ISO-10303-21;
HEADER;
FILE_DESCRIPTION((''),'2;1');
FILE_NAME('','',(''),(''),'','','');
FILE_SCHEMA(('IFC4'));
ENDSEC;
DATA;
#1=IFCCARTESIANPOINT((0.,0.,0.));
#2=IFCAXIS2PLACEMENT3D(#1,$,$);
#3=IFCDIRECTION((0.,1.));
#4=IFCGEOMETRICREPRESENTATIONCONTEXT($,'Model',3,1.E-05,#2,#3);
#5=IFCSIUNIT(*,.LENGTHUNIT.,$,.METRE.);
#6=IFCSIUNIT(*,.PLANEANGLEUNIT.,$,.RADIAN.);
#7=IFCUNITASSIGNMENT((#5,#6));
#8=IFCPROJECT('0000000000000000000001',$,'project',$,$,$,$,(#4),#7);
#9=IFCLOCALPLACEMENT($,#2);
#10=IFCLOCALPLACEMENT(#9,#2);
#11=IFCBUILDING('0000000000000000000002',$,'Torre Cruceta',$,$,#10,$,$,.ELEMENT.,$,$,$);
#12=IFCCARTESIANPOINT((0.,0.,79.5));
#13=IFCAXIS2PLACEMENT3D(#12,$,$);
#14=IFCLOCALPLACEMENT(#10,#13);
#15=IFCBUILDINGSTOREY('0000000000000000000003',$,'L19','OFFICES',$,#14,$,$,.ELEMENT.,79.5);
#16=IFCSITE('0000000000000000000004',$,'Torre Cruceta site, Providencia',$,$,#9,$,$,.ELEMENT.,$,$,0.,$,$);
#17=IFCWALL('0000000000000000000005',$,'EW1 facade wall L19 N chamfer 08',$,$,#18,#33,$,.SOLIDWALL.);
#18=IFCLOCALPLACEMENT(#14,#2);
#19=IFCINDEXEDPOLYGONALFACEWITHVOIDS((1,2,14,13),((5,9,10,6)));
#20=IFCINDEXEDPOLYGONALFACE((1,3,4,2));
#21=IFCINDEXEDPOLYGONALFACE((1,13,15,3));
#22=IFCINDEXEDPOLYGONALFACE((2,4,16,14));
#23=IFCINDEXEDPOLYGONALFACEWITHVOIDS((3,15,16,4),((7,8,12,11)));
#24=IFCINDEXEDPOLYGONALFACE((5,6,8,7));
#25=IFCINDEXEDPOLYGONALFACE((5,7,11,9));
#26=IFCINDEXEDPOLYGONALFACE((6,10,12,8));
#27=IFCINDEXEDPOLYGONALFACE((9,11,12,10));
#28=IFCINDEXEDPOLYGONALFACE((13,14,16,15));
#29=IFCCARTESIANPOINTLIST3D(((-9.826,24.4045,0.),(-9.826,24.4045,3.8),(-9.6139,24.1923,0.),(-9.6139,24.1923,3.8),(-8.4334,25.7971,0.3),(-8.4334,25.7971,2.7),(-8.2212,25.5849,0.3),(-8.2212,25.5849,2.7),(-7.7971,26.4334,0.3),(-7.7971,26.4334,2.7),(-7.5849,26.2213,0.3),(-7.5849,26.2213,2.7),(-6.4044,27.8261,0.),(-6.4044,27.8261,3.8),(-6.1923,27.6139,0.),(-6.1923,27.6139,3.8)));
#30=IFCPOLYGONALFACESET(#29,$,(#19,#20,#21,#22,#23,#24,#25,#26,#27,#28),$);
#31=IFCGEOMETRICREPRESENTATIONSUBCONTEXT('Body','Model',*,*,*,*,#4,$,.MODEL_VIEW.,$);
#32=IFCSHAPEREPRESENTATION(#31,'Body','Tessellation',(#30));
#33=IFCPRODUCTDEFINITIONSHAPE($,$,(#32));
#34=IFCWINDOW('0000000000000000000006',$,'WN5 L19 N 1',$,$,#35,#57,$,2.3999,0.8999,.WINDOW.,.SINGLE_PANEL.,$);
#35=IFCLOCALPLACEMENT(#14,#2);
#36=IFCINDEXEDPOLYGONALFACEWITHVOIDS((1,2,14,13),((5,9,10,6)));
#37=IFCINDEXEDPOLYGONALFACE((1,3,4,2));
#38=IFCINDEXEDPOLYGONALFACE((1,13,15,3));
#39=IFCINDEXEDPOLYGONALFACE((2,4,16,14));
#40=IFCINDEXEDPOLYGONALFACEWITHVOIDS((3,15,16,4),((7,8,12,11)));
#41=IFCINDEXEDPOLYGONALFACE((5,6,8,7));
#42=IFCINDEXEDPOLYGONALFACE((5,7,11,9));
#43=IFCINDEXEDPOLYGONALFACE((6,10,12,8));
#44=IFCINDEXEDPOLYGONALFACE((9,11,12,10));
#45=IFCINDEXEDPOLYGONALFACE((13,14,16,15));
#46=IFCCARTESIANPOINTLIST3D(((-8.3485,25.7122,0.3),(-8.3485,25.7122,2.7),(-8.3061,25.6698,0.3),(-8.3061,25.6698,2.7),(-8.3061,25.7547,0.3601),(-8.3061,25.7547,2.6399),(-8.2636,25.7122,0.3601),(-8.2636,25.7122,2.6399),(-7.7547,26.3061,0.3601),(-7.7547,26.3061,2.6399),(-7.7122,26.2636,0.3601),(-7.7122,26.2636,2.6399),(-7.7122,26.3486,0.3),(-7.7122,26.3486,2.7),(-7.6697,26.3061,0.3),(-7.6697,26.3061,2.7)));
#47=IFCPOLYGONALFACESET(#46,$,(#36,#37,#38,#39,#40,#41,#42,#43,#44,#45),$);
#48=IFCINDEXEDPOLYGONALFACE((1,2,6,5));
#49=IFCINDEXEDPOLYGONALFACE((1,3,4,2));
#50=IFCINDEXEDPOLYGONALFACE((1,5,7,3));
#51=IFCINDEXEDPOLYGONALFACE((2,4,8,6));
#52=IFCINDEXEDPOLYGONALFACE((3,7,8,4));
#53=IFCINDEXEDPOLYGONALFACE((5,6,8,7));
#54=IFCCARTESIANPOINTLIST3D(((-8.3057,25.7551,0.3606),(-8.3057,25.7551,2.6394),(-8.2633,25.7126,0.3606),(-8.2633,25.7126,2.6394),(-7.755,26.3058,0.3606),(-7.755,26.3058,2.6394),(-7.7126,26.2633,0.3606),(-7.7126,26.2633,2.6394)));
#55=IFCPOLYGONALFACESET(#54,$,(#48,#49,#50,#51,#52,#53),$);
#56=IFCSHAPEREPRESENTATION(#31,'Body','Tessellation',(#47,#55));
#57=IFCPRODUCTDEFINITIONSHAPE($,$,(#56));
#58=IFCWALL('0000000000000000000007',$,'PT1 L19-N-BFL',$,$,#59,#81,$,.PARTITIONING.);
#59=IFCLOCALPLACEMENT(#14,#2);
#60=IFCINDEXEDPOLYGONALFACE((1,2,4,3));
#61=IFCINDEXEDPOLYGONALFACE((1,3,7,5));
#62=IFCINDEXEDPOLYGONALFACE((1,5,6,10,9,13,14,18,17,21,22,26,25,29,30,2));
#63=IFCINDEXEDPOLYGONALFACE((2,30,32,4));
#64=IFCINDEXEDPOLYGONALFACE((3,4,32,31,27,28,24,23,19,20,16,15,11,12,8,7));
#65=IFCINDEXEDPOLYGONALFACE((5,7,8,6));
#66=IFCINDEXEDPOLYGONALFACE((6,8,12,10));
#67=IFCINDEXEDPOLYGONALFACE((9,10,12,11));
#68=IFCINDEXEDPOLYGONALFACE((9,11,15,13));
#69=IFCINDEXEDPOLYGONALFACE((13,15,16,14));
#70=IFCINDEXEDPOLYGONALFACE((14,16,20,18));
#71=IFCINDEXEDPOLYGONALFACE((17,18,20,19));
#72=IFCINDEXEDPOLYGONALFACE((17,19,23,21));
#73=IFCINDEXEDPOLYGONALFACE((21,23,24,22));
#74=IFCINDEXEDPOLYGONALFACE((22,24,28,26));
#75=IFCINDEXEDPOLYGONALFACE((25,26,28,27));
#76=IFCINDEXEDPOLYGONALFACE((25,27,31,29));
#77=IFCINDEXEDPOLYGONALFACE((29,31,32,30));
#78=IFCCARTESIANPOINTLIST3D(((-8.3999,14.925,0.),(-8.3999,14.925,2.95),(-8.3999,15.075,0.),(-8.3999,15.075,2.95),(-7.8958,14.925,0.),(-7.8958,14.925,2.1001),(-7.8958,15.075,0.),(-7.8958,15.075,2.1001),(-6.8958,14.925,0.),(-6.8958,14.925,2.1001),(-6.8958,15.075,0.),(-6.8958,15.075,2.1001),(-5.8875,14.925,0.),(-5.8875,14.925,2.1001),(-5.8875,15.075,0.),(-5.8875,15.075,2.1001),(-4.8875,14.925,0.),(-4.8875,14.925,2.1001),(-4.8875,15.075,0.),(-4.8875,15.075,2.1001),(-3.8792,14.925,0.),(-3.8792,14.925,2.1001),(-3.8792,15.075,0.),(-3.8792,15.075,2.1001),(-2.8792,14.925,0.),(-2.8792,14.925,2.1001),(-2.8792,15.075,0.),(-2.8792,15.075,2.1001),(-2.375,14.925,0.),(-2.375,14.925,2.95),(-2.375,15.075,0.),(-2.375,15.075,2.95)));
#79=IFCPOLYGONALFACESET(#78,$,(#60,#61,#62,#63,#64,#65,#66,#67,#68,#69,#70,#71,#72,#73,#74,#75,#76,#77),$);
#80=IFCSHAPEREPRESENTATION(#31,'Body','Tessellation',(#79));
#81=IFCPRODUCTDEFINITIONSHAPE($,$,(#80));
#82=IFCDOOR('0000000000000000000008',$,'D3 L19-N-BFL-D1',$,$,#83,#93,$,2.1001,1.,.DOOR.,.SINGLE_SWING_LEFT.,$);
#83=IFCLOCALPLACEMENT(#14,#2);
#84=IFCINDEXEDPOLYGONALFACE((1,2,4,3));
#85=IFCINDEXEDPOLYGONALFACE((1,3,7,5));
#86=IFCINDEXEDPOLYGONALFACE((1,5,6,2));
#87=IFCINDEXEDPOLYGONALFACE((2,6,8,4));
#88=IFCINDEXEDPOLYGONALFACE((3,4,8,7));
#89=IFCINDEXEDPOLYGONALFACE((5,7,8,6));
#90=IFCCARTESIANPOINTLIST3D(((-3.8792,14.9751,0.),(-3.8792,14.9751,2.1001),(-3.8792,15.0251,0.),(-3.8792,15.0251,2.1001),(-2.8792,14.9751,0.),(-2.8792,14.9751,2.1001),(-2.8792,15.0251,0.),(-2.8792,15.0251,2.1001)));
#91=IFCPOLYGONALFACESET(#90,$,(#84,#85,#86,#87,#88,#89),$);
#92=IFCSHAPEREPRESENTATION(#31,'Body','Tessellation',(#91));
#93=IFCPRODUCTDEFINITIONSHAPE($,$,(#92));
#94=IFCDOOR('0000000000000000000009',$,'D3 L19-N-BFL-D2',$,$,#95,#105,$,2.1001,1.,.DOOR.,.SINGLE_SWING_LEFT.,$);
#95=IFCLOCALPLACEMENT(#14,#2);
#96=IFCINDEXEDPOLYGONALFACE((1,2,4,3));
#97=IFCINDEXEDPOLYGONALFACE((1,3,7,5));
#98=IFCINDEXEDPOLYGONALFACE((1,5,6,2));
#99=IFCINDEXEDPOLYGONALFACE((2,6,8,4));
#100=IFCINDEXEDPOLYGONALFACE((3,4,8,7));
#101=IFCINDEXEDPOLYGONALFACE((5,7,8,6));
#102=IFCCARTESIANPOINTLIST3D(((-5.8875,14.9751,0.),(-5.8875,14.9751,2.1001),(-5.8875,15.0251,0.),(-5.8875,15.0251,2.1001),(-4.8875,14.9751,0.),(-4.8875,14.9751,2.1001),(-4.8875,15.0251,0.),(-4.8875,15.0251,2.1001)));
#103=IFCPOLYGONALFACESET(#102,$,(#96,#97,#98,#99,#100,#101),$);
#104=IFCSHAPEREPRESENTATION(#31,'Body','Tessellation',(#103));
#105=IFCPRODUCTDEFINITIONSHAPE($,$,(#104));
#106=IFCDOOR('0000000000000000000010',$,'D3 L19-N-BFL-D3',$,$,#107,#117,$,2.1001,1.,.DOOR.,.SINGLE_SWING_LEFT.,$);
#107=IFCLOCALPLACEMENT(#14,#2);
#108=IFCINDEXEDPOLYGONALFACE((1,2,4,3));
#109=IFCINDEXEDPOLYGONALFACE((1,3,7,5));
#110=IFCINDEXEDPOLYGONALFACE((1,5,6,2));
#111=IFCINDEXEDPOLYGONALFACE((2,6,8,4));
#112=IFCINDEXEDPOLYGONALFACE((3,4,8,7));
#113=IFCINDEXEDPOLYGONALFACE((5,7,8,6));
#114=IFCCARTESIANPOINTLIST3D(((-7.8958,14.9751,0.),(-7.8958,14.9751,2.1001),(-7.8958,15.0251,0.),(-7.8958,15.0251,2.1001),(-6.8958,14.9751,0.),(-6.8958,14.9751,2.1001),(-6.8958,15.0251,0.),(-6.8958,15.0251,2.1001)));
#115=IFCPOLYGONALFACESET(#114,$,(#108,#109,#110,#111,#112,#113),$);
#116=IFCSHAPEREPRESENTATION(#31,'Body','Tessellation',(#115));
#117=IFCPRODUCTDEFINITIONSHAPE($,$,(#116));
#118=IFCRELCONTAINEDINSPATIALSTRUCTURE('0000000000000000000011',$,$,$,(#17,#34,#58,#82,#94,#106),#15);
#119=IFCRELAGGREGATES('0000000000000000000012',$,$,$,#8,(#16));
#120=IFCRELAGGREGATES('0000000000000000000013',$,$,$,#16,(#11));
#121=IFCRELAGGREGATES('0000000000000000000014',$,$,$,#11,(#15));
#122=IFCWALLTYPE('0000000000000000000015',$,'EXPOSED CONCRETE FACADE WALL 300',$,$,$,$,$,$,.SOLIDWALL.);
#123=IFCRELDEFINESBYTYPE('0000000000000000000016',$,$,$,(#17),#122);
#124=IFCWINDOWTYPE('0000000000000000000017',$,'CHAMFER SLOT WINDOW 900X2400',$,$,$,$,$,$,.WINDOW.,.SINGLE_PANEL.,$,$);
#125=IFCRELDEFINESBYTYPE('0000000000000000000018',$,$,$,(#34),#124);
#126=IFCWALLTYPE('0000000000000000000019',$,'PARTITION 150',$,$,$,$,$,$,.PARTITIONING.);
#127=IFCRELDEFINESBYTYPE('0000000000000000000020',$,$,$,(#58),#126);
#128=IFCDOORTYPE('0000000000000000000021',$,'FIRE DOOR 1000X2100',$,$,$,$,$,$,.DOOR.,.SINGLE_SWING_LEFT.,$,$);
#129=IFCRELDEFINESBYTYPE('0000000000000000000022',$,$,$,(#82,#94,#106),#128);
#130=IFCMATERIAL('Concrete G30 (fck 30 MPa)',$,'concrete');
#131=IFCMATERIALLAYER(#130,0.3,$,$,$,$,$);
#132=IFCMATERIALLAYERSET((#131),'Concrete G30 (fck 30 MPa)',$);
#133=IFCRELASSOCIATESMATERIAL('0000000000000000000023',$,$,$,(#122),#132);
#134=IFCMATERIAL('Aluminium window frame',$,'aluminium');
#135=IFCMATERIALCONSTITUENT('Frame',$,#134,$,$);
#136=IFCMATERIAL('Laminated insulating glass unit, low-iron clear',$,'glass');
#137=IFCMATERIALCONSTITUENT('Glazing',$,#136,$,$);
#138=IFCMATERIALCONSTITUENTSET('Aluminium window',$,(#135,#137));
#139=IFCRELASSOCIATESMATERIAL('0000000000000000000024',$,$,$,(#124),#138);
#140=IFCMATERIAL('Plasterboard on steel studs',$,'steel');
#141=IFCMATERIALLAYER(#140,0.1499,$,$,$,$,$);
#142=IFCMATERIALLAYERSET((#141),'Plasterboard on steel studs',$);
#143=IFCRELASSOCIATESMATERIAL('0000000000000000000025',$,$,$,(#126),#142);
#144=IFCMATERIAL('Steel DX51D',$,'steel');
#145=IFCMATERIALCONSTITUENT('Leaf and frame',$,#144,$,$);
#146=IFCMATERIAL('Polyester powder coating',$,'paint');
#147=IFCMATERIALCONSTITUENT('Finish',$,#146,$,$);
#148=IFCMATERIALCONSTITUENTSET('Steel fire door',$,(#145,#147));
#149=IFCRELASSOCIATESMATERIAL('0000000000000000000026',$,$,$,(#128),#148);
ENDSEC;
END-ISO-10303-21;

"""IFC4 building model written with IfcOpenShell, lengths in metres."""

from ifc_helpers import new_model, si_unit, direction, frame, frame_2d, origin, place, context, subcontext, project, spatial, rectangle, hollow_rectangle, extrude, material, layer, layer_set, constituent, constituent_set, type_object, element, fill, save


model = new_model("IFC4")

# Units and contexts
model_context = context("Model", 3, precision=1e-05, world=origin(), true_north=direction((0.0, 1.0)))
body_context = subcontext(model_context, "Body", "Model", "MODEL_VIEW")
ifc_project = project(units=[si_unit("LENGTHUNIT", "METRE"), si_unit("PLANEANGLEUNIT", "RADIAN")], contexts=[model_context])

# Site, building, storey
site_placement = place(None, origin())
site = spatial("IfcSite", under=ifc_project, at=site_placement, Name="Torre Cruceta site, Providencia", CompositionType="ELEMENT", RefElevation=0.0)
building_placement = place(site_placement, origin())
building = spatial("IfcBuilding", under=site, at=building_placement, Name="Torre Cruceta", CompositionType="ELEMENT")
storey_placement = place(building_placement, frame((0.0, 0.0, 79.5)))
storey = spatial("IfcBuildingStorey", under=building, at=storey_placement, Name="L19", Description="OFFICES", CompositionType="ELEMENT", Elevation=79.5)

# Wall, opening, window
ifc_material_1 = material(Name="Concrete G30 (fck 30 MPa)", Category="concrete")
ifc_layer_1 = layer(ifc_material_1, 0.3)
ifc_layer_set_1 = layer_set([ifc_layer_1], Name="Concrete G30 (fck 30 MPa)")
wall_type_1 = type_object("IfcWallType", Name="EXPOSED CONCRETE FACADE WALL 300", PredefinedType="SOLIDWALL", material=ifc_layer_set_1)
wall_1_placement = place(storey_placement, frame((-6.2983, 27.72, 0.0), z_axis=(0.0, 0.0, 1.0), x_axis=(-0.707107, -0.707107, 0.0)))
wall_1 = element("IfcWall", 1, at=wall_1_placement, inside=storey, type_object=wall_type_1, Name="EW1 facade wall L19 N chamfer 08", PredefinedType="SOLIDWALL", context=body_context, shape_type="SweptSolid", body=[
    extrude(rectangle(XDim=4.8389, YDim=0.3, at=frame_2d((2.4194, 0.0))), origin(), (0.0, 0.0, 1.0), 3.8),
])
opening_1_placement = place(wall_1_placement, frame((1.9695, 0.0, 0.3)))
opening_1 = element("IfcOpeningElement", 2, at=opening_1_placement, cuts=wall_1, PredefinedType="OPENING", context=body_context, shape_type="SweptSolid", body=[
    extrude(rectangle(XDim=0.8999, YDim=2.3999, at=frame_2d((0.45, 1.2))), frame((0.0, 0.1599, 0.0), z_axis=(0.0, -1.0, 0.0), x_axis=(1.0, 0.0, 0.0)), (0.0, 0.0, 1.0), 0.3201),
])
ifc_material_2 = material(Name="Aluminium window frame", Category="aluminium")
ifc_constituent_1 = constituent(ifc_material_2, Name="Frame")
ifc_material_3 = material(Name="Laminated insulating glass unit, low-iron clear", Category="glass")
ifc_constituent_2 = constituent(ifc_material_3, Name="Glazing")
ifc_constituent_set_1 = constituent_set(constituents=[ifc_constituent_1, ifc_constituent_2], Name="Aluminium window")
window_type = type_object("IfcWindowType", Name="CHAMFER SLOT WINDOW 900X2400", PartitioningType="SINGLE_PANEL", PredefinedType="WINDOW", material=ifc_constituent_set_1)
window_placement = place(opening_1_placement, origin())
window = element("IfcWindow", 3, at=window_placement, inside=storey, type_object=window_type, Name="WN5 L19 N 1", OverallHeight=2.3999, OverallWidth=0.8999, PartitioningType="SINGLE_PANEL", PredefinedType="WINDOW", context=body_context, shape_type="SweptSolid", body=[
    extrude(hollow_rectangle(XDim=0.8999, YDim=2.3999, WallThickness=0.0601, at=frame_2d((0.45, 1.2))), frame((0.0, 0.03, 0.0), z_axis=(0.0, -1.0, 0.0), x_axis=(1.0, 0.0, 0.0)), (0.0, 0.0, 1.0), 0.0601),
    extrude(rectangle(XDim=0.7788, YDim=2.2788, at=frame_2d((0.45, 1.2))), frame((0.0, 0.03, 0.0), z_axis=(0.0, -1.0, 0.0), x_axis=(1.0, 0.0, 0.0)), (0.0, 0.0, 1.0), 0.0601),
])
fill(opening_1, window)

# Wall, openings, doors
ifc_material_4 = material(Name="Plasterboard on steel studs", Category="steel")
ifc_layer_2 = layer(ifc_material_4, 0.1499)
ifc_layer_set_2 = layer_set([ifc_layer_2], Name="Plasterboard on steel studs")
wall_type_2 = type_object("IfcWallType", Name="PARTITION 150", PredefinedType="PARTITIONING", material=ifc_layer_set_2)
wall_2_placement = place(storey_placement, frame((-2.375, 15.0, 0.0), z_axis=(0.0, 0.0, 1.0), x_axis=(-1.0, 0.0, 0.0)))
wall_2 = element("IfcWall", 4, at=wall_2_placement, inside=storey, type_object=wall_type_2, Name="PT1 L19-N-BFL", PredefinedType="PARTITIONING", context=body_context, shape_type="SweptSolid", body=[
    extrude(rectangle(XDim=6.0249, YDim=0.1499, at=frame_2d((3.0125, 0.0))), origin(), (0.0, 0.0, 1.0), 2.95),
])
opening_2_placement = place(wall_2_placement, frame((0.5042, 0.0, 0.0)))
opening_2 = element("IfcOpeningElement", 5, at=opening_2_placement, cuts=wall_2, PredefinedType="OPENING", context=body_context, shape_type="SweptSolid", body=[
    extrude(rectangle(XDim=1.0, YDim=2.1001, at=frame_2d((0.5, 1.05))), frame((0.0, 0.085, 0.0), z_axis=(0.0, -1.0, 0.0), x_axis=(1.0, 0.0, 0.0)), (0.0, 0.0, 1.0), 0.1699),
])
opening_3_placement = place(wall_2_placement, frame((2.5125, 0.0, 0.0)))
opening_3 = element("IfcOpeningElement", 6, at=opening_3_placement, cuts=wall_2, PredefinedType="OPENING", context=body_context, shape_type="SweptSolid", body=[
    extrude(rectangle(XDim=1.0, YDim=2.1001, at=frame_2d((0.5, 1.05))), frame((0.0, 0.085, 0.0), z_axis=(0.0, -1.0, 0.0), x_axis=(1.0, 0.0, 0.0)), (0.0, 0.0, 1.0), 0.1699),
])
opening_4_placement = place(wall_2_placement, frame((4.5208, 0.0, 0.0)))
opening_4 = element("IfcOpeningElement", 7, at=opening_4_placement, cuts=wall_2, PredefinedType="OPENING", context=body_context, shape_type="SweptSolid", body=[
    extrude(rectangle(XDim=1.0, YDim=2.1001, at=frame_2d((0.5, 1.05))), frame((0.0, 0.085, 0.0), z_axis=(0.0, -1.0, 0.0), x_axis=(1.0, 0.0, 0.0)), (0.0, 0.0, 1.0), 0.1699),
])
ifc_material_5 = material(Name="Steel DX51D", Category="steel")
ifc_constituent_3 = constituent(ifc_material_5, Name="Leaf and frame")
ifc_material_6 = material(Name="Polyester powder coating", Category="paint")
ifc_constituent_4 = constituent(ifc_material_6, Name="Finish")
ifc_constituent_set_2 = constituent_set(constituents=[ifc_constituent_3, ifc_constituent_4], Name="Steel fire door")
door_type = type_object("IfcDoorType", Name="FIRE DOOR 1000X2100", OperationType="SINGLE_SWING_LEFT", PredefinedType="DOOR", material=ifc_constituent_set_2)
door_1_placement = place(opening_2_placement, origin())
door_1 = element("IfcDoor", 8, at=door_1_placement, inside=storey, type_object=door_type, Name="D3 L19-N-BFL-D1", OperationType="SINGLE_SWING_LEFT", OverallHeight=2.1001, OverallWidth=1.0, PredefinedType="DOOR", context=body_context, shape_type="SweptSolid", body=[
    extrude(rectangle(XDim=1.0, YDim=2.1001, at=frame_2d((0.5, 1.05))), frame((0.0, 0.0249, 0.0), z_axis=(0.0, -1.0, 0.0), x_axis=(1.0, 0.0, 0.0)), (0.0, 0.0, 1.0), 0.05),
])
fill(opening_2, door_1)
door_2_placement = place(opening_3_placement, origin())
door_2 = element("IfcDoor", 9, at=door_2_placement, inside=storey, type_object=door_type, Name="D3 L19-N-BFL-D2", OperationType="SINGLE_SWING_LEFT", OverallHeight=2.1001, OverallWidth=1.0, PredefinedType="DOOR", context=body_context, shape_type="SweptSolid", body=[
    extrude(rectangle(XDim=1.0, YDim=2.1001, at=frame_2d((0.5, 1.05))), frame((0.0, 0.0249, 0.0), z_axis=(0.0, -1.0, 0.0), x_axis=(1.0, 0.0, 0.0)), (0.0, 0.0, 1.0), 0.05),
])
fill(opening_3, door_2)
door_3_placement = place(opening_4_placement, origin())
door_3 = element("IfcDoor", 10, at=door_3_placement, inside=storey, type_object=door_type, Name="D3 L19-N-BFL-D3", OperationType="SINGLE_SWING_LEFT", OverallHeight=2.1001, OverallWidth=1.0, PredefinedType="DOOR", context=body_context, shape_type="SweptSolid", body=[
    extrude(rectangle(XDim=1.0, YDim=2.1001, at=frame_2d((0.5, 1.05))), frame((0.0, 0.0249, 0.0), z_axis=(0.0, -1.0, 0.0), x_axis=(1.0, 0.0, 0.0)), (0.0, 0.0, 1.0), 0.05),
])
fill(opening_4, door_3)

save(model, "model.ifc")
